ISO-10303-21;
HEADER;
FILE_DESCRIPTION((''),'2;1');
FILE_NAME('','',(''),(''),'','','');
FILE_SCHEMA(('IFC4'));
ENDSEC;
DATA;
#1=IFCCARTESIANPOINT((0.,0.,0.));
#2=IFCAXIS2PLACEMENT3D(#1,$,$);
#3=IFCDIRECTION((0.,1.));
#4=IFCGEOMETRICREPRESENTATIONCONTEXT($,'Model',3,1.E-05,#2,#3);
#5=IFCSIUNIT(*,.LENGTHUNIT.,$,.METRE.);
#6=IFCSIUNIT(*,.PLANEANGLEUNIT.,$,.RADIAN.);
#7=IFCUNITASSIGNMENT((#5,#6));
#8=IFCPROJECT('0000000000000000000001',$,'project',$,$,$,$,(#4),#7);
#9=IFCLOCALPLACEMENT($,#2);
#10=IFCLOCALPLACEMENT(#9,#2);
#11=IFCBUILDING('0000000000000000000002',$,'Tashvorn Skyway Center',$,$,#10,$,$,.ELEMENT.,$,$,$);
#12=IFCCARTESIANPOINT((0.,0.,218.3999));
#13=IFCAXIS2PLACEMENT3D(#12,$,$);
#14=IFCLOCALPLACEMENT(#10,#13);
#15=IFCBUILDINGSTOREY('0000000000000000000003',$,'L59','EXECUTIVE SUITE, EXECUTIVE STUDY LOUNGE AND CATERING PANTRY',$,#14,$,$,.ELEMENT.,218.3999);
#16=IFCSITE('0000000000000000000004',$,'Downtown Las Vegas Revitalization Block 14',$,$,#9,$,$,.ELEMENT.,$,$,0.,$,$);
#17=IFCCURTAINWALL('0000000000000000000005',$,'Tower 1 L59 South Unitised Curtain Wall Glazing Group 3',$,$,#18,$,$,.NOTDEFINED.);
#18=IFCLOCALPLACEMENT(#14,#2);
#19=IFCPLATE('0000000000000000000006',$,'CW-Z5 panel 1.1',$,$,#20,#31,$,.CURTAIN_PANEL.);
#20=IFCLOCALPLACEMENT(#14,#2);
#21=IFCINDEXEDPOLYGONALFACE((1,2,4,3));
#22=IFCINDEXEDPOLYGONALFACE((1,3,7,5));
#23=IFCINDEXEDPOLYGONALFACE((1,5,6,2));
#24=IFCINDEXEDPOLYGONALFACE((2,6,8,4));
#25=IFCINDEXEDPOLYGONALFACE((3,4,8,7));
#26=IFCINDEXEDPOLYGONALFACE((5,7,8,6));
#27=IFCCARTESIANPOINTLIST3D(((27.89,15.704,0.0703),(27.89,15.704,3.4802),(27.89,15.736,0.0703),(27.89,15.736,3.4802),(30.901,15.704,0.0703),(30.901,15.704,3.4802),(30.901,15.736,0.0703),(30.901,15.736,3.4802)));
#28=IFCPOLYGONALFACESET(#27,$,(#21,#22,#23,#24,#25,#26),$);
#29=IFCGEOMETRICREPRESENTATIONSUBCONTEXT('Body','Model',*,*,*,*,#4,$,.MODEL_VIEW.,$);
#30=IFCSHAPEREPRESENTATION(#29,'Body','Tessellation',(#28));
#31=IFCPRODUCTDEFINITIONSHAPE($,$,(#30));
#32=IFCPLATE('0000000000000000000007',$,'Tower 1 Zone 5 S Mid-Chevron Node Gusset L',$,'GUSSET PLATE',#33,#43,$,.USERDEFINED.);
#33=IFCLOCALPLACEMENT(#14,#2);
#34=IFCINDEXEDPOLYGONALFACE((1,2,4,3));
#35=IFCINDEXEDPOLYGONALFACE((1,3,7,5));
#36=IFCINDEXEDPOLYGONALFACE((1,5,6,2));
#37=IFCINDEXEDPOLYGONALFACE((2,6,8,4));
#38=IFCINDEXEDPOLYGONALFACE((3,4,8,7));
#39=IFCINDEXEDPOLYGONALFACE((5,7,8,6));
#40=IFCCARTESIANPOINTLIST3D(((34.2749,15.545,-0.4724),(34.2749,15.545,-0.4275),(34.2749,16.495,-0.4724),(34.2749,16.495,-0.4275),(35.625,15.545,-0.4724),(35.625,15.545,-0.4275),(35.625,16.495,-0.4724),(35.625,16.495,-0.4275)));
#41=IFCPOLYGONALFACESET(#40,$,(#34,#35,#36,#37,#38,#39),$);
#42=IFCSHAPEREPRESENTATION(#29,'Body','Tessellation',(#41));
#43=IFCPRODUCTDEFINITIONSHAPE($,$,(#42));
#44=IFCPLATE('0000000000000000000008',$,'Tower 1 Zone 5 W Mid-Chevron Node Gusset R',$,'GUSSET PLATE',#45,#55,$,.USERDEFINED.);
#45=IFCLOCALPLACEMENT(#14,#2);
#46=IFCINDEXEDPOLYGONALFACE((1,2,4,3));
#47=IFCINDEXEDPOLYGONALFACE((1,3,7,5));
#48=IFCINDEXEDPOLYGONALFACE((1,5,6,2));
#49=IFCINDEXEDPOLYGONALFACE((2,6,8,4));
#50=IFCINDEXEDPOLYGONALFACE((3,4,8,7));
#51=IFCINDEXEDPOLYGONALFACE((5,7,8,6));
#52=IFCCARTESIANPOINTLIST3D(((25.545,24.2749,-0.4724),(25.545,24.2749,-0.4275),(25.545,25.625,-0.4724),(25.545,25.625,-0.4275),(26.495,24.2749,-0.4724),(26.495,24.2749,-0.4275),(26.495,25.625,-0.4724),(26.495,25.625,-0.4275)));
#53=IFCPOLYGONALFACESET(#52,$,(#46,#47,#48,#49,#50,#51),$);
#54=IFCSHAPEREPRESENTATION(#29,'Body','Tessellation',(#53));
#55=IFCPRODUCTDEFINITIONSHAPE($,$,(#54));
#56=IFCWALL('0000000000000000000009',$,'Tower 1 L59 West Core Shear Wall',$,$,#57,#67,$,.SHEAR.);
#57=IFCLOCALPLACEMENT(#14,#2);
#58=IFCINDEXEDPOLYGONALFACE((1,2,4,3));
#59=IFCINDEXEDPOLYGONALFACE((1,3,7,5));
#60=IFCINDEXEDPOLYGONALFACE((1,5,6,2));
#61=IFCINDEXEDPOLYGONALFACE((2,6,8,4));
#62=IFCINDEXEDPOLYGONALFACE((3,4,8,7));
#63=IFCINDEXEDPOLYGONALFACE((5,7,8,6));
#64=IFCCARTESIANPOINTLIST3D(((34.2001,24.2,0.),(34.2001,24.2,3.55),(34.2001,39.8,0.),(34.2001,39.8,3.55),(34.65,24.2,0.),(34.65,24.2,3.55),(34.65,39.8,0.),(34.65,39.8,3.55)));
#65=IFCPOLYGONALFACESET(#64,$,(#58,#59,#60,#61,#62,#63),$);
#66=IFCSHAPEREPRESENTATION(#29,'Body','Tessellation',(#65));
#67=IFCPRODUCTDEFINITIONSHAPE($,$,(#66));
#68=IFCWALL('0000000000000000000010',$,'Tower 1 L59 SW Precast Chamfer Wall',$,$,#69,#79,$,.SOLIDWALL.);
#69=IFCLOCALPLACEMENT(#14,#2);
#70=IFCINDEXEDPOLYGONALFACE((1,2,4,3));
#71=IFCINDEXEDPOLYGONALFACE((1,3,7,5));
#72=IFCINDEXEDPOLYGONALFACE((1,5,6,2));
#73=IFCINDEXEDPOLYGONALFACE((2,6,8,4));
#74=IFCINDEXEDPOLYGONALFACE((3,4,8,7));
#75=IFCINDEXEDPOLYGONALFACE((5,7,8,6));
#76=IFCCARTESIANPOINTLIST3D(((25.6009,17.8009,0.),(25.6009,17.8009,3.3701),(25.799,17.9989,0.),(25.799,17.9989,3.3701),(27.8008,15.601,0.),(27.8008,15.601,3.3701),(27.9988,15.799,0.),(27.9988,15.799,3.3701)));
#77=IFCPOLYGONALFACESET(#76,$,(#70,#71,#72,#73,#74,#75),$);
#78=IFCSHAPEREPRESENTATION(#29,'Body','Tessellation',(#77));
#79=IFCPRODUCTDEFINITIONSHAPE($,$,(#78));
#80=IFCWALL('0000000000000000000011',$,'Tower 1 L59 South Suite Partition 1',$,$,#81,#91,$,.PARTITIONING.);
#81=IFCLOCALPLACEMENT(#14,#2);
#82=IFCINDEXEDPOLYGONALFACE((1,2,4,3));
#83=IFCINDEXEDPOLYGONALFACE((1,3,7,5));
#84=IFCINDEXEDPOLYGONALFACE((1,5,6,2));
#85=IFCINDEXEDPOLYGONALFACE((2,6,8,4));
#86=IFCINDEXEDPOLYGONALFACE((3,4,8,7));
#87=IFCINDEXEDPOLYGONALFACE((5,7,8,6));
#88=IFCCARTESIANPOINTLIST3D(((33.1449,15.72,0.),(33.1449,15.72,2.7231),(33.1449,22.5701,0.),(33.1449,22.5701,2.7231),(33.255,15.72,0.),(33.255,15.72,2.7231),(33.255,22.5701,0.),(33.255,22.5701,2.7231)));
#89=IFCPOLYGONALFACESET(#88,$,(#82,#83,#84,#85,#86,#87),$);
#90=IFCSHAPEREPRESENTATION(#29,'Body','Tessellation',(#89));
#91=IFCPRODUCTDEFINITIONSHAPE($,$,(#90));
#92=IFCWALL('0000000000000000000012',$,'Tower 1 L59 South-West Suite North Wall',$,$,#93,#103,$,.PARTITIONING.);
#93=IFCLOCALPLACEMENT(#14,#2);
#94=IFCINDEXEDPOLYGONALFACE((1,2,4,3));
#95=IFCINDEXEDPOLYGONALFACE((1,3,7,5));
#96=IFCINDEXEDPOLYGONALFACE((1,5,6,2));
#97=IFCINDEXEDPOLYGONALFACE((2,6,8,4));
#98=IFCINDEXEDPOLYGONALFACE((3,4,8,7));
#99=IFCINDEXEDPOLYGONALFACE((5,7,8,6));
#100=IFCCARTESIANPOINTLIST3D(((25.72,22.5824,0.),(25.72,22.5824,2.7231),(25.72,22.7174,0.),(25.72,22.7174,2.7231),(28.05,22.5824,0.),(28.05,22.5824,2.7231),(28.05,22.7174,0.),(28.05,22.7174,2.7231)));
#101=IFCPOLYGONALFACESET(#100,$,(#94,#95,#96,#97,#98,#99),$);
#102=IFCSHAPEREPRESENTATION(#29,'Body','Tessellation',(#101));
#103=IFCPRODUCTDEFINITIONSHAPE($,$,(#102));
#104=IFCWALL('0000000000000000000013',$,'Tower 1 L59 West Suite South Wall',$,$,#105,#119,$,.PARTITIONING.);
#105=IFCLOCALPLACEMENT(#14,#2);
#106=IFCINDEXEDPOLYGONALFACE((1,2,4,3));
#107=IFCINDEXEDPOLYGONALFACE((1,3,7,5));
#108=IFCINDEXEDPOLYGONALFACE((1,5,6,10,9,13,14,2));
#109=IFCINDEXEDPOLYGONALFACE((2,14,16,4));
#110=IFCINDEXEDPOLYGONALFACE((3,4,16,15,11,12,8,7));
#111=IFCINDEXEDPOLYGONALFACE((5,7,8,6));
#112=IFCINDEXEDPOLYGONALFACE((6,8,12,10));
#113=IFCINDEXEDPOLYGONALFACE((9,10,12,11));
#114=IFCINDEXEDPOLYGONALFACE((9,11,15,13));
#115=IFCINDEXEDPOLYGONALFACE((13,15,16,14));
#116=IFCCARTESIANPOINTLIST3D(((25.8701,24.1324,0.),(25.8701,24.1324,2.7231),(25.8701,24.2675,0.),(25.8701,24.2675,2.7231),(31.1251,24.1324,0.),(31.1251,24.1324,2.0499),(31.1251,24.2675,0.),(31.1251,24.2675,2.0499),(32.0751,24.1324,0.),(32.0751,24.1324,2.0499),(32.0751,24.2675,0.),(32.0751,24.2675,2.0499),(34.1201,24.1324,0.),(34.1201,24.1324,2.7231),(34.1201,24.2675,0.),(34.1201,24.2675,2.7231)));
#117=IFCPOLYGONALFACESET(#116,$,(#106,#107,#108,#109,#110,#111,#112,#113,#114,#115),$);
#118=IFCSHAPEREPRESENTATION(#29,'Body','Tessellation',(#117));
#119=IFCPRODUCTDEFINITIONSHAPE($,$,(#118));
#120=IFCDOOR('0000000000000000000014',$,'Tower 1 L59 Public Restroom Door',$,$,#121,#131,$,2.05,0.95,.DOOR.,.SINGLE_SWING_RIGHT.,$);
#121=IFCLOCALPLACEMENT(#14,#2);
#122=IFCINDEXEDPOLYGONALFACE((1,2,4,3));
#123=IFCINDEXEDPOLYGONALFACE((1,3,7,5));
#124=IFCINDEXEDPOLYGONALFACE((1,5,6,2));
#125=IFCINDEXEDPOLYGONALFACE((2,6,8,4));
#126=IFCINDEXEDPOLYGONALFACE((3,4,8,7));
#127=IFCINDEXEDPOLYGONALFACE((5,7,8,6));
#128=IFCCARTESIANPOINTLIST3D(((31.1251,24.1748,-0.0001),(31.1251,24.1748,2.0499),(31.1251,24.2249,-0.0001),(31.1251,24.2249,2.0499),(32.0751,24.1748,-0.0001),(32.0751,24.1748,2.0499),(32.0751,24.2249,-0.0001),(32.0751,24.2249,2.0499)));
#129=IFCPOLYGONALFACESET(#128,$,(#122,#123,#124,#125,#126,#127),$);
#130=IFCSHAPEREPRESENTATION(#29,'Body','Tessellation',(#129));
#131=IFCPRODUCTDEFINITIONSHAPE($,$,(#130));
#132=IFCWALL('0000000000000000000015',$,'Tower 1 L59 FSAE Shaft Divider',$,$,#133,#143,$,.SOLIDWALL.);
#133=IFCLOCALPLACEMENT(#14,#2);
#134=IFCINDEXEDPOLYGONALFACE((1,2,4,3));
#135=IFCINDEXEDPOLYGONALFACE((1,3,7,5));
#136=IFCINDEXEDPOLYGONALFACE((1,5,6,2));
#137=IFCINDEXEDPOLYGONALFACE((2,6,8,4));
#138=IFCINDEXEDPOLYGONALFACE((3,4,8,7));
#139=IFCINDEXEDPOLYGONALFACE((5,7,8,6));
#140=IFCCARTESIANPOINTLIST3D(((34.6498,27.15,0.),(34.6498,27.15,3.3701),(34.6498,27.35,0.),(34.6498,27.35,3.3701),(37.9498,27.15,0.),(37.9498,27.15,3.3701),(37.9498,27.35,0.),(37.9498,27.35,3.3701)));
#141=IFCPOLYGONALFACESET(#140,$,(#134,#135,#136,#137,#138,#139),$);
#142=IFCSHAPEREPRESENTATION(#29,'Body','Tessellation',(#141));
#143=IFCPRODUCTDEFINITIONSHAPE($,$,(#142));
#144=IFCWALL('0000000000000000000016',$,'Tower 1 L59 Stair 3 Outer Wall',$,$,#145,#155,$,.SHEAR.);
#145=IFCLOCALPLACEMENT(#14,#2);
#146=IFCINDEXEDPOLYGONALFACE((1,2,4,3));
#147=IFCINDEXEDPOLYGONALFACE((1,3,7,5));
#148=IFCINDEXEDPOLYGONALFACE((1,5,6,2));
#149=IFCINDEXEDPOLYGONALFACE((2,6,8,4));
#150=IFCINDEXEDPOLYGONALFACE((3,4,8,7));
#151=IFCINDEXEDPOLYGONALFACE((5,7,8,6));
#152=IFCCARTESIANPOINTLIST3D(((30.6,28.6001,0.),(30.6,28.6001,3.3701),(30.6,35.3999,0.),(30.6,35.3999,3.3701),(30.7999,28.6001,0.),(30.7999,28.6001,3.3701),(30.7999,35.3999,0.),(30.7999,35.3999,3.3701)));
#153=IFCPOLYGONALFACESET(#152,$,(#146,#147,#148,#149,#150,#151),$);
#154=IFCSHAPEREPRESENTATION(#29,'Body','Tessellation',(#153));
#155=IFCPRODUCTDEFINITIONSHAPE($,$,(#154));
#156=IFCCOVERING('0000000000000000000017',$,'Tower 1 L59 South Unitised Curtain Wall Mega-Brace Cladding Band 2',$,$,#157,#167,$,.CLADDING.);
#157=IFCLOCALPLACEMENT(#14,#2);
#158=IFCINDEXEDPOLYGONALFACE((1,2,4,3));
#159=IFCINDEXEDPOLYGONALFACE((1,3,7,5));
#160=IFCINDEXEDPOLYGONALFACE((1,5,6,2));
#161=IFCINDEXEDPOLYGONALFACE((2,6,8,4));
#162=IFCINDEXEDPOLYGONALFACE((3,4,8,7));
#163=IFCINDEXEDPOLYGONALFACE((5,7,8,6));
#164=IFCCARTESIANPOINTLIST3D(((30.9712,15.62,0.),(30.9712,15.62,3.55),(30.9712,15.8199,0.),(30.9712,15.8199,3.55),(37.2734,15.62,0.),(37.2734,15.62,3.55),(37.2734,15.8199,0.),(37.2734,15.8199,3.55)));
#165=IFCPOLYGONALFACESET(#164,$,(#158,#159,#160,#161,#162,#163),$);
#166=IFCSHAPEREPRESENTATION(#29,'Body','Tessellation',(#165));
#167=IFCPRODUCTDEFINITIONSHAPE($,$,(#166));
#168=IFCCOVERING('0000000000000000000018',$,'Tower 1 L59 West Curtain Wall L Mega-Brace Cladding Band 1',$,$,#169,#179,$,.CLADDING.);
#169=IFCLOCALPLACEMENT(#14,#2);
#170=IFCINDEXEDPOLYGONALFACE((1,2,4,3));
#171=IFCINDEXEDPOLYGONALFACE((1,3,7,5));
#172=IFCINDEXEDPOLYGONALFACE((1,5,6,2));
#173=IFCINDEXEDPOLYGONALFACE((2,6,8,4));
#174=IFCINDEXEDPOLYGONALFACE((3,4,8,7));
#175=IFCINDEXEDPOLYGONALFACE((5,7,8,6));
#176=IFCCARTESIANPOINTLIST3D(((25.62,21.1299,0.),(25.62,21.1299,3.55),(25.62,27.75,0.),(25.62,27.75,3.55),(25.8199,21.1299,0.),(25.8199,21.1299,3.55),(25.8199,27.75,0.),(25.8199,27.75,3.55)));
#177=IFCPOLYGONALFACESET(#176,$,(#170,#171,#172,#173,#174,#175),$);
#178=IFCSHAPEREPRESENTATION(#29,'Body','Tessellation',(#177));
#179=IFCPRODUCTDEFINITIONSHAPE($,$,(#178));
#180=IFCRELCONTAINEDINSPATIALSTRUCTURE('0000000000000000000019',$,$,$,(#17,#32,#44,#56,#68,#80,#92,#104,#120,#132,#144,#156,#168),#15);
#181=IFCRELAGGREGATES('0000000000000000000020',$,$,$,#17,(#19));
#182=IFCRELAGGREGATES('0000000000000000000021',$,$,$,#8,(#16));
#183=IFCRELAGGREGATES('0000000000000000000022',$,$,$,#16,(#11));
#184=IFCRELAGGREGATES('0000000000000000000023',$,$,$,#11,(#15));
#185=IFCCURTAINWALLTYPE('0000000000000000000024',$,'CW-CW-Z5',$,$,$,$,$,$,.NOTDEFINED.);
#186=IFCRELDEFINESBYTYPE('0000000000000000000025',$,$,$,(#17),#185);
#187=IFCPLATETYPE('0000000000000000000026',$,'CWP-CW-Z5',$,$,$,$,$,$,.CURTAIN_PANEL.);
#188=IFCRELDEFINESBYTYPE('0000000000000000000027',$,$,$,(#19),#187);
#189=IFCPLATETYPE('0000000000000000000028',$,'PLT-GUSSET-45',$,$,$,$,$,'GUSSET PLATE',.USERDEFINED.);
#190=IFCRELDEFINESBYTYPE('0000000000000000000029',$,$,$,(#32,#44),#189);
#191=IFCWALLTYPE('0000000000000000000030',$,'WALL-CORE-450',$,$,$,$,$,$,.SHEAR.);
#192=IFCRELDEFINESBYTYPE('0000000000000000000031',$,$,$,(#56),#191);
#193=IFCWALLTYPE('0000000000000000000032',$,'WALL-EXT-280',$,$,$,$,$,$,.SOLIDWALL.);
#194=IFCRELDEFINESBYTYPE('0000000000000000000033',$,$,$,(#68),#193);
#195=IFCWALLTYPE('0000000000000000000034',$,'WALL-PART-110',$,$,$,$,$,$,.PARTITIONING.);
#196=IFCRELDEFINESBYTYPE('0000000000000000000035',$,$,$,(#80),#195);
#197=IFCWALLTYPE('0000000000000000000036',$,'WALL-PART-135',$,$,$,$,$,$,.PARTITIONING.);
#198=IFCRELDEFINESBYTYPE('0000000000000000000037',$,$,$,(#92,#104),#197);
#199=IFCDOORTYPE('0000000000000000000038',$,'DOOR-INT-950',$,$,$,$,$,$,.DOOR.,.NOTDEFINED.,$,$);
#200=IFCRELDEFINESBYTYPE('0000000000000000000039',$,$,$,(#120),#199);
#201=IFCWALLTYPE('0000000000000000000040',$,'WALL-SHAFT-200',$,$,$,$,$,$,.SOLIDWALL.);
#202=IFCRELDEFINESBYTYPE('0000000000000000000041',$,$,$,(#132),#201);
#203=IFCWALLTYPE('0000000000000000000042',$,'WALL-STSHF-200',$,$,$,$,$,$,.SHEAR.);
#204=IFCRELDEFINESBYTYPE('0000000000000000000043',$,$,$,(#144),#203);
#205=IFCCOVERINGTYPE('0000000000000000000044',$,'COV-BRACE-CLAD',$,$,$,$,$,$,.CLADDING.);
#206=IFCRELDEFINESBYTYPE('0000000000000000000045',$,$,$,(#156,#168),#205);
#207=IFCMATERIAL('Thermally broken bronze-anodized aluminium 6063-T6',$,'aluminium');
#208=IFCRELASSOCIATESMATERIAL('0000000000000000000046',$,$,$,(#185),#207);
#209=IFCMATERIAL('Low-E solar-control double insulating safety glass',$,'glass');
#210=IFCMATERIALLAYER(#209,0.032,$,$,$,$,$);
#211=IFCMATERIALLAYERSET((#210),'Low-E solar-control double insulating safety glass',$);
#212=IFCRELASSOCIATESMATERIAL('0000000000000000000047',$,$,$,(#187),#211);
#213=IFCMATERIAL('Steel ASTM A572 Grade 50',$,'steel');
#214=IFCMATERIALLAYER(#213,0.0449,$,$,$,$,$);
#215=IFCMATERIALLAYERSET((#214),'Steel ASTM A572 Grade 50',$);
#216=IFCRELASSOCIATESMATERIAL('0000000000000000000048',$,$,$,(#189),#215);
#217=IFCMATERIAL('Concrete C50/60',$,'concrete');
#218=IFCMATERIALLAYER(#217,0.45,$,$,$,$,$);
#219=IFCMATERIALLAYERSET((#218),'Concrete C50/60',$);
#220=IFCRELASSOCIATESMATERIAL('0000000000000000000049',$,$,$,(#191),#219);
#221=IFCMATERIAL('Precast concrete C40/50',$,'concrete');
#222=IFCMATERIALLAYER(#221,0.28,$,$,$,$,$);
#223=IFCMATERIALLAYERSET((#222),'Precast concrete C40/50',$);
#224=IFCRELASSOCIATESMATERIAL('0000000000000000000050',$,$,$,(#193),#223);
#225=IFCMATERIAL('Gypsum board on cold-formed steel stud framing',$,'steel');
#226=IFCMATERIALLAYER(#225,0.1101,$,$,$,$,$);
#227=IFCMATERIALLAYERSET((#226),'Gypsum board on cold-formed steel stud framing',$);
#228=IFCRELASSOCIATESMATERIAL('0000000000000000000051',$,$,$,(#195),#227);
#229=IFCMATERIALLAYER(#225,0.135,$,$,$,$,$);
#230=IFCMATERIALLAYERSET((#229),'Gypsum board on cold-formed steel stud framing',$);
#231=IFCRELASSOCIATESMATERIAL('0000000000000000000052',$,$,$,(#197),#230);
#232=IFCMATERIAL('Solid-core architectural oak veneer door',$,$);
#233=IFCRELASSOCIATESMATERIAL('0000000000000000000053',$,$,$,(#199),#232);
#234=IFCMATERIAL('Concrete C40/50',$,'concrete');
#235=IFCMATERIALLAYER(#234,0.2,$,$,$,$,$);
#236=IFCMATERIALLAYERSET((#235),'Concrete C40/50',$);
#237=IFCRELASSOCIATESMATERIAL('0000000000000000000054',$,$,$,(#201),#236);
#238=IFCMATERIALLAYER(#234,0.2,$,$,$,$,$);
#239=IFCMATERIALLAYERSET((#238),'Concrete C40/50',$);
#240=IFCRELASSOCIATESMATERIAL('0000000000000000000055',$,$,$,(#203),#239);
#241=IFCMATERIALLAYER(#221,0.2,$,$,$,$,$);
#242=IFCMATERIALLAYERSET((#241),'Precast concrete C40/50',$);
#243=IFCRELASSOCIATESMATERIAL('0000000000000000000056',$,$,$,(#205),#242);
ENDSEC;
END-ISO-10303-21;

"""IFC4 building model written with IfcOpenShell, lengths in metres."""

from ifc_helpers import new_model, si_unit, direction, frame, frame_2d, origin, origin_2d, place, context, subcontext, project, spatial, rectangle, extrude, material, layer, layer_set, type_object, element, fill, aggregate, save


model = new_model("IFC4")

# Units and contexts
model_context = context("Model", 3, precision=1e-05, world=origin(), true_north=direction((0.0, 1.0)))
body_context = subcontext(model_context, "Body", "Model", "MODEL_VIEW")
ifc_project = project(units=[si_unit("LENGTHUNIT", "METRE"), si_unit("PLANEANGLEUNIT", "RADIAN")], contexts=[model_context])

# Site, building, storey
site_placement = place(None, origin())
site = spatial("IfcSite", under=ifc_project, at=site_placement, Name="Downtown Las Vegas Revitalization Block 14", CompositionType="ELEMENT", RefElevation=0.0)
building_placement = place(site_placement, origin())
building = spatial("IfcBuilding", under=site, at=building_placement, Name="Tashvorn Skyway Center", CompositionType="ELEMENT")
storey_placement = place(building_placement, frame((0.0, 0.0, 218.3999)))
storey = spatial("IfcBuildingStorey", under=building, at=storey_placement, Name="L59", Description="EXECUTIVE SUITE, EXECUTIVE STUDY LOUNGE AND CATERING PANTRY", CompositionType="ELEMENT", Elevation=218.3999)

# Shared definitions
ifc_material_1 = material(Name="Steel ASTM A572 Grade 50", Category="steel")

# Curtain wall
ifc_material_2 = material(Name="Thermally broken bronze-anodized aluminium 6063-T6", Category="aluminium")
curtain_wall_type = type_object("IfcCurtainWallType", Name="CW-CW-Z5", PredefinedType="NOTDEFINED", material=ifc_material_2)
curtain_wall_placement = place(storey_placement, origin())
curtain_wall = element("IfcCurtainWall", 1, at=curtain_wall_placement, inside=storey, type_object=curtain_wall_type, Name="Tower 1 L59 South Unitised Curtain Wall Glazing Group 3", PredefinedType="NOTDEFINED")

# Plate
ifc_material_3 = material(Name="Low-E solar-control double insulating safety glass", Category="glass")
ifc_layer_1 = layer(ifc_material_3, 0.032)
ifc_layer_set_1 = layer_set([ifc_layer_1], Name="Low-E solar-control double insulating safety glass")
plate_type_1 = type_object("IfcPlateType", Name="CWP-CW-Z5", PredefinedType="CURTAIN_PANEL", material=ifc_layer_set_1)
plate_placement = place(storey_placement, frame((29.3955, 15.72, 0.0703), z_axis=(0.0, 0.0, 1.0), x_axis=(-1.0, 0.0, 0.0)))
plate = element("IfcPlate", 2, at=plate_placement, type_object=plate_type_1, Name="CW-Z5 panel 1.1", PredefinedType="CURTAIN_PANEL", context=body_context, shape_type="SweptSolid", body=[
    extrude(rectangle(XDim=3.011, YDim=0.032, at=origin_2d()), origin(), (0.0, 0.0, 1.0), 3.4099),
])
aggregate(curtain_wall, [plate])

# Plates
ifc_layer_2 = layer(ifc_material_1, 0.0449)
ifc_layer_set_2 = layer_set([ifc_layer_2], Name="Steel ASTM A572 Grade 50")
plate_type_2 = type_object("IfcPlateType", Name="PLT-GUSSET-45", ElementType="GUSSET PLATE", PredefinedType="USERDEFINED", material=ifc_layer_set_2)
for number, where, z_axis, x_axis, name in (
    (3, (34.95, 16.02, -0.4724), (0.0, 0.0, 1.0), (1.0, 0.0, 0.0), "Tower 1 Zone 5 S Mid-Chevron Node Gusset L"),
    (4, (26.02, 24.95, -0.4724), (0.0, 0.0, 1.0), (0.0, -1.0, 0.0), "Tower 1 Zone 5 W Mid-Chevron Node Gusset R"),
):
    element("IfcPlate", number, at=place(storey_placement, frame(where, z_axis=z_axis, x_axis=x_axis)), inside=storey, type_object=plate_type_2, Name=name, ObjectType="GUSSET PLATE", PredefinedType="USERDEFINED", context=body_context, shape_type="SweptSolid", body=[
        extrude(rectangle(XDim=1.3501, YDim=0.95, at=origin_2d()), origin(), (0.0, 0.0, 1.0), 0.0449),
    ])

# Wall
ifc_material_4 = material(Name="Concrete C50/60", Category="concrete")
ifc_layer_3 = layer(ifc_material_4, 0.45)
ifc_layer_set_3 = layer_set([ifc_layer_3], Name="Concrete C50/60")
wall_type_1 = type_object("IfcWallType", Name="WALL-CORE-450", PredefinedType="SHEAR", material=ifc_layer_set_3)
wall_1_placement = place(storey_placement, frame((34.425, 24.2, 0.0), z_axis=(0.0, 0.0, 1.0), x_axis=(0.0, 1.0, 0.0)))
element("IfcWall", 5, at=wall_1_placement, inside=storey, type_object=wall_type_1, Name="Tower 1 L59 West Core Shear Wall", PredefinedType="SHEAR", context=body_context, shape_type="SweptSolid", body=[
    extrude(rectangle(XDim=15.6001, YDim=0.45, at=frame_2d((7.8, 0.0))), origin(), (0.0, 0.0, 1.0), 3.55),
])

# Shared definitions
ifc_material_5 = material(Name="Precast concrete C40/50", Category="concrete")
ifc_layer_4 = layer(ifc_material_5, 0.28)
ifc_layer_set_4 = layer_set([ifc_layer_4], Name="Precast concrete C40/50")
wall_type_2 = type_object("IfcWallType", Name="WALL-EXT-280", PredefinedType="SOLIDWALL", material=ifc_layer_set_4)

# Walls
wall_2_placement = place(storey_placement, frame((27.8999, 15.7, 0.0), z_axis=(0.0, 0.0, 1.0), x_axis=(-0.707107, 0.707107, 0.0)))
element("IfcWall", 6, at=wall_2_placement, inside=storey, type_object=wall_type_2, Name="Tower 1 L59 SW Precast Chamfer Wall", PredefinedType="SOLIDWALL", context=body_context, shape_type="SweptSolid", body=[
    extrude(rectangle(XDim=3.1111, YDim=0.28, at=frame_2d((1.5557, 0.0))), origin(), (0.0, 0.0, 1.0), 3.3701),
])
ifc_material_6 = material(Name="Gypsum board on cold-formed steel stud framing", Category="steel")
ifc_layer_5 = layer(ifc_material_6, 0.1101)
ifc_layer_set_5 = layer_set([ifc_layer_5], Name="Gypsum board on cold-formed steel stud framing")
wall_type_3 = type_object("IfcWallType", Name="WALL-PART-110", PredefinedType="PARTITIONING", material=ifc_layer_set_5)
wall_3_placement = place(storey_placement, frame((33.2, 15.72, 0.0), z_axis=(0.0, 0.0, 1.0), x_axis=(0.0, 1.0, 0.0)))
element("IfcWall", 7, at=wall_3_placement, inside=storey, type_object=wall_type_3, Name="Tower 1 L59 South Suite Partition 1", PredefinedType="PARTITIONING", context=body_context, shape_type="SweptSolid", body=[
    extrude(rectangle(XDim=6.8501, YDim=0.1101, at=frame_2d((3.425, 0.0))), origin(), (0.0, 0.0, 1.0), 2.7231),
])
ifc_layer_6 = layer(ifc_material_6, 0.135)
ifc_layer_set_6 = layer_set([ifc_layer_6], Name="Gypsum board on cold-formed steel stud framing")
wall_type_4 = type_object("IfcWallType", Name="WALL-PART-135", PredefinedType="PARTITIONING", material=ifc_layer_set_6)
wall_4_placement = place(storey_placement, frame((25.72, 22.6499, 0.0), z_axis=(0.0, 0.0, 1.0), x_axis=(1.0, 0.0, 0.0)))
element("IfcWall", 8, at=wall_4_placement, inside=storey, type_object=wall_type_4, Name="Tower 1 L59 South-West Suite North Wall", PredefinedType="PARTITIONING", context=body_context, shape_type="SweptSolid", body=[
    extrude(rectangle(XDim=2.3301, YDim=0.135, at=frame_2d((1.165, 0.0))), origin(), (0.0, 0.0, 1.0), 2.7231),
])

# Wall, opening, door
wall_5_placement = place(storey_placement, frame((25.8701, 24.2, 0.0), z_axis=(0.0, 0.0, 1.0), x_axis=(1.0, 0.0, 0.0)))
wall_5 = element("IfcWall", 9, at=wall_5_placement, inside=storey, type_object=wall_type_4, Name="Tower 1 L59 West Suite South Wall", PredefinedType="PARTITIONING", context=body_context, shape_type="SweptSolid", body=[
    extrude(rectangle(XDim=8.25, YDim=0.135, at=frame_2d((4.125, 0.0))), origin(), (0.0, 0.0, 1.0), 2.7231),
])
opening_1_placement = place(wall_5_placement, frame((5.2549, 0.0, 0.0)))
opening_1 = element("IfcOpeningElement", 10, at=opening_1_placement, cuts=wall_5, PredefinedType="OPENING", context=body_context, shape_type="SweptSolid", body=[
    extrude(rectangle(XDim=0.95, YDim=2.05, at=frame_2d((0.4751, 1.0249))), frame((0.0, 0.0774, 0.0), z_axis=(0.0, -1.0, 0.0), x_axis=(1.0, 0.0, 0.0)), (0.0, 0.0, 1.0), 0.155),
])
ifc_material_7 = material(Name="Solid-core architectural oak veneer door")
door_type_1 = type_object("IfcDoorType", Name="DOOR-INT-950", OperationType="NOTDEFINED", PredefinedType="DOOR", material=ifc_material_7)
door_1_placement = place(opening_1_placement, origin())
door_1 = element("IfcDoor", 11, at=door_1_placement, inside=storey, type_object=door_type_1, Name="Tower 1 L59 Public Restroom Door", OperationType="SINGLE_SWING_RIGHT", OverallHeight=2.05, OverallWidth=0.95, PredefinedType="DOOR", context=body_context, shape_type="SweptSolid", body=[
    extrude(rectangle(XDim=0.95, YDim=2.05, at=frame_2d((0.4751, 1.0249))), frame((0.0, 0.0249, 0.0), z_axis=(0.0, -1.0, 0.0), x_axis=(1.0, 0.0, 0.0)), (0.0, 0.0, 1.0), 0.05),
])
fill(opening_1, door_1)

# Walls
ifc_material_8 = material(Name="Concrete C40/50", Category="concrete")
ifc_layer_7 = layer(ifc_material_8, 0.2)
ifc_layer_set_7 = layer_set([ifc_layer_7], Name="Concrete C40/50")
wall_type_5 = type_object("IfcWallType", Name="WALL-SHAFT-200", PredefinedType="SOLIDWALL", material=ifc_layer_set_7)
wall_6_placement = place(storey_placement, frame((34.6499, 27.25, 0.0), z_axis=(0.0, 0.0, 1.0), x_axis=(1.0, 0.0, 0.0)))
element("IfcWall", 12, at=wall_6_placement, inside=storey, type_object=wall_type_5, Name="Tower 1 L59 FSAE Shaft Divider", PredefinedType="SOLIDWALL", context=body_context, shape_type="SweptSolid", body=[
    extrude(rectangle(XDim=3.3, YDim=0.2, at=frame_2d((1.6499, 0.0))), origin(), (0.0, 0.0, 1.0), 3.3701),
])
ifc_layer_8 = layer(ifc_material_8, 0.2)
ifc_layer_set_8 = layer_set([ifc_layer_8], Name="Concrete C40/50")
wall_type_6 = type_object("IfcWallType", Name="WALL-STSHF-200", PredefinedType="SHEAR", material=ifc_layer_set_8)
wall_7_placement = place(storey_placement, frame((30.7, 28.6001, 0.0), z_axis=(0.0, 0.0, 1.0), x_axis=(0.0, 1.0, 0.0)))
element("IfcWall", 13, at=wall_7_placement, inside=storey, type_object=wall_type_6, Name="Tower 1 L59 Stair 3 Outer Wall", PredefinedType="SHEAR", context=body_context, shape_type="SweptSolid", body=[
    extrude(rectangle(XDim=6.7998, YDim=0.2, at=frame_2d((3.3999, 0.0))), origin(), (0.0, 0.0, 1.0), 3.3701),
])

# Coverings
ifc_layer_9 = layer(ifc_material_5, 0.2)
ifc_layer_set_9 = layer_set([ifc_layer_9], Name="Precast concrete C40/50")
covering_type_1 = type_object("IfcCoveringType", Name="COV-BRACE-CLAD", PredefinedType="CLADDING", material=ifc_layer_set_9)
covering_1_placement = place(storey_placement, frame((34.1223, 15.72, 0.0), z_axis=(0.0, 0.0, 1.0), x_axis=(-1.0, 0.0, 0.0)))
element("IfcCovering", 14, at=covering_1_placement, inside=storey, type_object=covering_type_1, Name="Tower 1 L59 South Unitised Curtain Wall Mega-Brace Cladding Band 2", PredefinedType="CLADDING", context=body_context, shape_type="SweptSolid", body=[
    extrude(rectangle(XDim=6.3022, YDim=0.2, at=origin_2d()), origin(), (0.0, 0.0, 1.0), 3.55),
])
covering_2_placement = place(storey_placement, frame((25.72, 24.4399, 0.0), z_axis=(0.0, 0.0, 1.0), x_axis=(0.0, 1.0, 0.0)))
element("IfcCovering", 15, at=covering_2_placement, inside=storey, type_object=covering_type_1, Name="Tower 1 L59 West Curtain Wall L Mega-Brace Cladding Band 1", PredefinedType="CLADDING", context=body_context, shape_type="SweptSolid", body=[
    extrude(rectangle(XDim=6.6201, YDim=0.2, at=origin_2d()), origin(), (0.0, 0.0, 1.0), 3.55),
])

save(model, "model.ifc")
